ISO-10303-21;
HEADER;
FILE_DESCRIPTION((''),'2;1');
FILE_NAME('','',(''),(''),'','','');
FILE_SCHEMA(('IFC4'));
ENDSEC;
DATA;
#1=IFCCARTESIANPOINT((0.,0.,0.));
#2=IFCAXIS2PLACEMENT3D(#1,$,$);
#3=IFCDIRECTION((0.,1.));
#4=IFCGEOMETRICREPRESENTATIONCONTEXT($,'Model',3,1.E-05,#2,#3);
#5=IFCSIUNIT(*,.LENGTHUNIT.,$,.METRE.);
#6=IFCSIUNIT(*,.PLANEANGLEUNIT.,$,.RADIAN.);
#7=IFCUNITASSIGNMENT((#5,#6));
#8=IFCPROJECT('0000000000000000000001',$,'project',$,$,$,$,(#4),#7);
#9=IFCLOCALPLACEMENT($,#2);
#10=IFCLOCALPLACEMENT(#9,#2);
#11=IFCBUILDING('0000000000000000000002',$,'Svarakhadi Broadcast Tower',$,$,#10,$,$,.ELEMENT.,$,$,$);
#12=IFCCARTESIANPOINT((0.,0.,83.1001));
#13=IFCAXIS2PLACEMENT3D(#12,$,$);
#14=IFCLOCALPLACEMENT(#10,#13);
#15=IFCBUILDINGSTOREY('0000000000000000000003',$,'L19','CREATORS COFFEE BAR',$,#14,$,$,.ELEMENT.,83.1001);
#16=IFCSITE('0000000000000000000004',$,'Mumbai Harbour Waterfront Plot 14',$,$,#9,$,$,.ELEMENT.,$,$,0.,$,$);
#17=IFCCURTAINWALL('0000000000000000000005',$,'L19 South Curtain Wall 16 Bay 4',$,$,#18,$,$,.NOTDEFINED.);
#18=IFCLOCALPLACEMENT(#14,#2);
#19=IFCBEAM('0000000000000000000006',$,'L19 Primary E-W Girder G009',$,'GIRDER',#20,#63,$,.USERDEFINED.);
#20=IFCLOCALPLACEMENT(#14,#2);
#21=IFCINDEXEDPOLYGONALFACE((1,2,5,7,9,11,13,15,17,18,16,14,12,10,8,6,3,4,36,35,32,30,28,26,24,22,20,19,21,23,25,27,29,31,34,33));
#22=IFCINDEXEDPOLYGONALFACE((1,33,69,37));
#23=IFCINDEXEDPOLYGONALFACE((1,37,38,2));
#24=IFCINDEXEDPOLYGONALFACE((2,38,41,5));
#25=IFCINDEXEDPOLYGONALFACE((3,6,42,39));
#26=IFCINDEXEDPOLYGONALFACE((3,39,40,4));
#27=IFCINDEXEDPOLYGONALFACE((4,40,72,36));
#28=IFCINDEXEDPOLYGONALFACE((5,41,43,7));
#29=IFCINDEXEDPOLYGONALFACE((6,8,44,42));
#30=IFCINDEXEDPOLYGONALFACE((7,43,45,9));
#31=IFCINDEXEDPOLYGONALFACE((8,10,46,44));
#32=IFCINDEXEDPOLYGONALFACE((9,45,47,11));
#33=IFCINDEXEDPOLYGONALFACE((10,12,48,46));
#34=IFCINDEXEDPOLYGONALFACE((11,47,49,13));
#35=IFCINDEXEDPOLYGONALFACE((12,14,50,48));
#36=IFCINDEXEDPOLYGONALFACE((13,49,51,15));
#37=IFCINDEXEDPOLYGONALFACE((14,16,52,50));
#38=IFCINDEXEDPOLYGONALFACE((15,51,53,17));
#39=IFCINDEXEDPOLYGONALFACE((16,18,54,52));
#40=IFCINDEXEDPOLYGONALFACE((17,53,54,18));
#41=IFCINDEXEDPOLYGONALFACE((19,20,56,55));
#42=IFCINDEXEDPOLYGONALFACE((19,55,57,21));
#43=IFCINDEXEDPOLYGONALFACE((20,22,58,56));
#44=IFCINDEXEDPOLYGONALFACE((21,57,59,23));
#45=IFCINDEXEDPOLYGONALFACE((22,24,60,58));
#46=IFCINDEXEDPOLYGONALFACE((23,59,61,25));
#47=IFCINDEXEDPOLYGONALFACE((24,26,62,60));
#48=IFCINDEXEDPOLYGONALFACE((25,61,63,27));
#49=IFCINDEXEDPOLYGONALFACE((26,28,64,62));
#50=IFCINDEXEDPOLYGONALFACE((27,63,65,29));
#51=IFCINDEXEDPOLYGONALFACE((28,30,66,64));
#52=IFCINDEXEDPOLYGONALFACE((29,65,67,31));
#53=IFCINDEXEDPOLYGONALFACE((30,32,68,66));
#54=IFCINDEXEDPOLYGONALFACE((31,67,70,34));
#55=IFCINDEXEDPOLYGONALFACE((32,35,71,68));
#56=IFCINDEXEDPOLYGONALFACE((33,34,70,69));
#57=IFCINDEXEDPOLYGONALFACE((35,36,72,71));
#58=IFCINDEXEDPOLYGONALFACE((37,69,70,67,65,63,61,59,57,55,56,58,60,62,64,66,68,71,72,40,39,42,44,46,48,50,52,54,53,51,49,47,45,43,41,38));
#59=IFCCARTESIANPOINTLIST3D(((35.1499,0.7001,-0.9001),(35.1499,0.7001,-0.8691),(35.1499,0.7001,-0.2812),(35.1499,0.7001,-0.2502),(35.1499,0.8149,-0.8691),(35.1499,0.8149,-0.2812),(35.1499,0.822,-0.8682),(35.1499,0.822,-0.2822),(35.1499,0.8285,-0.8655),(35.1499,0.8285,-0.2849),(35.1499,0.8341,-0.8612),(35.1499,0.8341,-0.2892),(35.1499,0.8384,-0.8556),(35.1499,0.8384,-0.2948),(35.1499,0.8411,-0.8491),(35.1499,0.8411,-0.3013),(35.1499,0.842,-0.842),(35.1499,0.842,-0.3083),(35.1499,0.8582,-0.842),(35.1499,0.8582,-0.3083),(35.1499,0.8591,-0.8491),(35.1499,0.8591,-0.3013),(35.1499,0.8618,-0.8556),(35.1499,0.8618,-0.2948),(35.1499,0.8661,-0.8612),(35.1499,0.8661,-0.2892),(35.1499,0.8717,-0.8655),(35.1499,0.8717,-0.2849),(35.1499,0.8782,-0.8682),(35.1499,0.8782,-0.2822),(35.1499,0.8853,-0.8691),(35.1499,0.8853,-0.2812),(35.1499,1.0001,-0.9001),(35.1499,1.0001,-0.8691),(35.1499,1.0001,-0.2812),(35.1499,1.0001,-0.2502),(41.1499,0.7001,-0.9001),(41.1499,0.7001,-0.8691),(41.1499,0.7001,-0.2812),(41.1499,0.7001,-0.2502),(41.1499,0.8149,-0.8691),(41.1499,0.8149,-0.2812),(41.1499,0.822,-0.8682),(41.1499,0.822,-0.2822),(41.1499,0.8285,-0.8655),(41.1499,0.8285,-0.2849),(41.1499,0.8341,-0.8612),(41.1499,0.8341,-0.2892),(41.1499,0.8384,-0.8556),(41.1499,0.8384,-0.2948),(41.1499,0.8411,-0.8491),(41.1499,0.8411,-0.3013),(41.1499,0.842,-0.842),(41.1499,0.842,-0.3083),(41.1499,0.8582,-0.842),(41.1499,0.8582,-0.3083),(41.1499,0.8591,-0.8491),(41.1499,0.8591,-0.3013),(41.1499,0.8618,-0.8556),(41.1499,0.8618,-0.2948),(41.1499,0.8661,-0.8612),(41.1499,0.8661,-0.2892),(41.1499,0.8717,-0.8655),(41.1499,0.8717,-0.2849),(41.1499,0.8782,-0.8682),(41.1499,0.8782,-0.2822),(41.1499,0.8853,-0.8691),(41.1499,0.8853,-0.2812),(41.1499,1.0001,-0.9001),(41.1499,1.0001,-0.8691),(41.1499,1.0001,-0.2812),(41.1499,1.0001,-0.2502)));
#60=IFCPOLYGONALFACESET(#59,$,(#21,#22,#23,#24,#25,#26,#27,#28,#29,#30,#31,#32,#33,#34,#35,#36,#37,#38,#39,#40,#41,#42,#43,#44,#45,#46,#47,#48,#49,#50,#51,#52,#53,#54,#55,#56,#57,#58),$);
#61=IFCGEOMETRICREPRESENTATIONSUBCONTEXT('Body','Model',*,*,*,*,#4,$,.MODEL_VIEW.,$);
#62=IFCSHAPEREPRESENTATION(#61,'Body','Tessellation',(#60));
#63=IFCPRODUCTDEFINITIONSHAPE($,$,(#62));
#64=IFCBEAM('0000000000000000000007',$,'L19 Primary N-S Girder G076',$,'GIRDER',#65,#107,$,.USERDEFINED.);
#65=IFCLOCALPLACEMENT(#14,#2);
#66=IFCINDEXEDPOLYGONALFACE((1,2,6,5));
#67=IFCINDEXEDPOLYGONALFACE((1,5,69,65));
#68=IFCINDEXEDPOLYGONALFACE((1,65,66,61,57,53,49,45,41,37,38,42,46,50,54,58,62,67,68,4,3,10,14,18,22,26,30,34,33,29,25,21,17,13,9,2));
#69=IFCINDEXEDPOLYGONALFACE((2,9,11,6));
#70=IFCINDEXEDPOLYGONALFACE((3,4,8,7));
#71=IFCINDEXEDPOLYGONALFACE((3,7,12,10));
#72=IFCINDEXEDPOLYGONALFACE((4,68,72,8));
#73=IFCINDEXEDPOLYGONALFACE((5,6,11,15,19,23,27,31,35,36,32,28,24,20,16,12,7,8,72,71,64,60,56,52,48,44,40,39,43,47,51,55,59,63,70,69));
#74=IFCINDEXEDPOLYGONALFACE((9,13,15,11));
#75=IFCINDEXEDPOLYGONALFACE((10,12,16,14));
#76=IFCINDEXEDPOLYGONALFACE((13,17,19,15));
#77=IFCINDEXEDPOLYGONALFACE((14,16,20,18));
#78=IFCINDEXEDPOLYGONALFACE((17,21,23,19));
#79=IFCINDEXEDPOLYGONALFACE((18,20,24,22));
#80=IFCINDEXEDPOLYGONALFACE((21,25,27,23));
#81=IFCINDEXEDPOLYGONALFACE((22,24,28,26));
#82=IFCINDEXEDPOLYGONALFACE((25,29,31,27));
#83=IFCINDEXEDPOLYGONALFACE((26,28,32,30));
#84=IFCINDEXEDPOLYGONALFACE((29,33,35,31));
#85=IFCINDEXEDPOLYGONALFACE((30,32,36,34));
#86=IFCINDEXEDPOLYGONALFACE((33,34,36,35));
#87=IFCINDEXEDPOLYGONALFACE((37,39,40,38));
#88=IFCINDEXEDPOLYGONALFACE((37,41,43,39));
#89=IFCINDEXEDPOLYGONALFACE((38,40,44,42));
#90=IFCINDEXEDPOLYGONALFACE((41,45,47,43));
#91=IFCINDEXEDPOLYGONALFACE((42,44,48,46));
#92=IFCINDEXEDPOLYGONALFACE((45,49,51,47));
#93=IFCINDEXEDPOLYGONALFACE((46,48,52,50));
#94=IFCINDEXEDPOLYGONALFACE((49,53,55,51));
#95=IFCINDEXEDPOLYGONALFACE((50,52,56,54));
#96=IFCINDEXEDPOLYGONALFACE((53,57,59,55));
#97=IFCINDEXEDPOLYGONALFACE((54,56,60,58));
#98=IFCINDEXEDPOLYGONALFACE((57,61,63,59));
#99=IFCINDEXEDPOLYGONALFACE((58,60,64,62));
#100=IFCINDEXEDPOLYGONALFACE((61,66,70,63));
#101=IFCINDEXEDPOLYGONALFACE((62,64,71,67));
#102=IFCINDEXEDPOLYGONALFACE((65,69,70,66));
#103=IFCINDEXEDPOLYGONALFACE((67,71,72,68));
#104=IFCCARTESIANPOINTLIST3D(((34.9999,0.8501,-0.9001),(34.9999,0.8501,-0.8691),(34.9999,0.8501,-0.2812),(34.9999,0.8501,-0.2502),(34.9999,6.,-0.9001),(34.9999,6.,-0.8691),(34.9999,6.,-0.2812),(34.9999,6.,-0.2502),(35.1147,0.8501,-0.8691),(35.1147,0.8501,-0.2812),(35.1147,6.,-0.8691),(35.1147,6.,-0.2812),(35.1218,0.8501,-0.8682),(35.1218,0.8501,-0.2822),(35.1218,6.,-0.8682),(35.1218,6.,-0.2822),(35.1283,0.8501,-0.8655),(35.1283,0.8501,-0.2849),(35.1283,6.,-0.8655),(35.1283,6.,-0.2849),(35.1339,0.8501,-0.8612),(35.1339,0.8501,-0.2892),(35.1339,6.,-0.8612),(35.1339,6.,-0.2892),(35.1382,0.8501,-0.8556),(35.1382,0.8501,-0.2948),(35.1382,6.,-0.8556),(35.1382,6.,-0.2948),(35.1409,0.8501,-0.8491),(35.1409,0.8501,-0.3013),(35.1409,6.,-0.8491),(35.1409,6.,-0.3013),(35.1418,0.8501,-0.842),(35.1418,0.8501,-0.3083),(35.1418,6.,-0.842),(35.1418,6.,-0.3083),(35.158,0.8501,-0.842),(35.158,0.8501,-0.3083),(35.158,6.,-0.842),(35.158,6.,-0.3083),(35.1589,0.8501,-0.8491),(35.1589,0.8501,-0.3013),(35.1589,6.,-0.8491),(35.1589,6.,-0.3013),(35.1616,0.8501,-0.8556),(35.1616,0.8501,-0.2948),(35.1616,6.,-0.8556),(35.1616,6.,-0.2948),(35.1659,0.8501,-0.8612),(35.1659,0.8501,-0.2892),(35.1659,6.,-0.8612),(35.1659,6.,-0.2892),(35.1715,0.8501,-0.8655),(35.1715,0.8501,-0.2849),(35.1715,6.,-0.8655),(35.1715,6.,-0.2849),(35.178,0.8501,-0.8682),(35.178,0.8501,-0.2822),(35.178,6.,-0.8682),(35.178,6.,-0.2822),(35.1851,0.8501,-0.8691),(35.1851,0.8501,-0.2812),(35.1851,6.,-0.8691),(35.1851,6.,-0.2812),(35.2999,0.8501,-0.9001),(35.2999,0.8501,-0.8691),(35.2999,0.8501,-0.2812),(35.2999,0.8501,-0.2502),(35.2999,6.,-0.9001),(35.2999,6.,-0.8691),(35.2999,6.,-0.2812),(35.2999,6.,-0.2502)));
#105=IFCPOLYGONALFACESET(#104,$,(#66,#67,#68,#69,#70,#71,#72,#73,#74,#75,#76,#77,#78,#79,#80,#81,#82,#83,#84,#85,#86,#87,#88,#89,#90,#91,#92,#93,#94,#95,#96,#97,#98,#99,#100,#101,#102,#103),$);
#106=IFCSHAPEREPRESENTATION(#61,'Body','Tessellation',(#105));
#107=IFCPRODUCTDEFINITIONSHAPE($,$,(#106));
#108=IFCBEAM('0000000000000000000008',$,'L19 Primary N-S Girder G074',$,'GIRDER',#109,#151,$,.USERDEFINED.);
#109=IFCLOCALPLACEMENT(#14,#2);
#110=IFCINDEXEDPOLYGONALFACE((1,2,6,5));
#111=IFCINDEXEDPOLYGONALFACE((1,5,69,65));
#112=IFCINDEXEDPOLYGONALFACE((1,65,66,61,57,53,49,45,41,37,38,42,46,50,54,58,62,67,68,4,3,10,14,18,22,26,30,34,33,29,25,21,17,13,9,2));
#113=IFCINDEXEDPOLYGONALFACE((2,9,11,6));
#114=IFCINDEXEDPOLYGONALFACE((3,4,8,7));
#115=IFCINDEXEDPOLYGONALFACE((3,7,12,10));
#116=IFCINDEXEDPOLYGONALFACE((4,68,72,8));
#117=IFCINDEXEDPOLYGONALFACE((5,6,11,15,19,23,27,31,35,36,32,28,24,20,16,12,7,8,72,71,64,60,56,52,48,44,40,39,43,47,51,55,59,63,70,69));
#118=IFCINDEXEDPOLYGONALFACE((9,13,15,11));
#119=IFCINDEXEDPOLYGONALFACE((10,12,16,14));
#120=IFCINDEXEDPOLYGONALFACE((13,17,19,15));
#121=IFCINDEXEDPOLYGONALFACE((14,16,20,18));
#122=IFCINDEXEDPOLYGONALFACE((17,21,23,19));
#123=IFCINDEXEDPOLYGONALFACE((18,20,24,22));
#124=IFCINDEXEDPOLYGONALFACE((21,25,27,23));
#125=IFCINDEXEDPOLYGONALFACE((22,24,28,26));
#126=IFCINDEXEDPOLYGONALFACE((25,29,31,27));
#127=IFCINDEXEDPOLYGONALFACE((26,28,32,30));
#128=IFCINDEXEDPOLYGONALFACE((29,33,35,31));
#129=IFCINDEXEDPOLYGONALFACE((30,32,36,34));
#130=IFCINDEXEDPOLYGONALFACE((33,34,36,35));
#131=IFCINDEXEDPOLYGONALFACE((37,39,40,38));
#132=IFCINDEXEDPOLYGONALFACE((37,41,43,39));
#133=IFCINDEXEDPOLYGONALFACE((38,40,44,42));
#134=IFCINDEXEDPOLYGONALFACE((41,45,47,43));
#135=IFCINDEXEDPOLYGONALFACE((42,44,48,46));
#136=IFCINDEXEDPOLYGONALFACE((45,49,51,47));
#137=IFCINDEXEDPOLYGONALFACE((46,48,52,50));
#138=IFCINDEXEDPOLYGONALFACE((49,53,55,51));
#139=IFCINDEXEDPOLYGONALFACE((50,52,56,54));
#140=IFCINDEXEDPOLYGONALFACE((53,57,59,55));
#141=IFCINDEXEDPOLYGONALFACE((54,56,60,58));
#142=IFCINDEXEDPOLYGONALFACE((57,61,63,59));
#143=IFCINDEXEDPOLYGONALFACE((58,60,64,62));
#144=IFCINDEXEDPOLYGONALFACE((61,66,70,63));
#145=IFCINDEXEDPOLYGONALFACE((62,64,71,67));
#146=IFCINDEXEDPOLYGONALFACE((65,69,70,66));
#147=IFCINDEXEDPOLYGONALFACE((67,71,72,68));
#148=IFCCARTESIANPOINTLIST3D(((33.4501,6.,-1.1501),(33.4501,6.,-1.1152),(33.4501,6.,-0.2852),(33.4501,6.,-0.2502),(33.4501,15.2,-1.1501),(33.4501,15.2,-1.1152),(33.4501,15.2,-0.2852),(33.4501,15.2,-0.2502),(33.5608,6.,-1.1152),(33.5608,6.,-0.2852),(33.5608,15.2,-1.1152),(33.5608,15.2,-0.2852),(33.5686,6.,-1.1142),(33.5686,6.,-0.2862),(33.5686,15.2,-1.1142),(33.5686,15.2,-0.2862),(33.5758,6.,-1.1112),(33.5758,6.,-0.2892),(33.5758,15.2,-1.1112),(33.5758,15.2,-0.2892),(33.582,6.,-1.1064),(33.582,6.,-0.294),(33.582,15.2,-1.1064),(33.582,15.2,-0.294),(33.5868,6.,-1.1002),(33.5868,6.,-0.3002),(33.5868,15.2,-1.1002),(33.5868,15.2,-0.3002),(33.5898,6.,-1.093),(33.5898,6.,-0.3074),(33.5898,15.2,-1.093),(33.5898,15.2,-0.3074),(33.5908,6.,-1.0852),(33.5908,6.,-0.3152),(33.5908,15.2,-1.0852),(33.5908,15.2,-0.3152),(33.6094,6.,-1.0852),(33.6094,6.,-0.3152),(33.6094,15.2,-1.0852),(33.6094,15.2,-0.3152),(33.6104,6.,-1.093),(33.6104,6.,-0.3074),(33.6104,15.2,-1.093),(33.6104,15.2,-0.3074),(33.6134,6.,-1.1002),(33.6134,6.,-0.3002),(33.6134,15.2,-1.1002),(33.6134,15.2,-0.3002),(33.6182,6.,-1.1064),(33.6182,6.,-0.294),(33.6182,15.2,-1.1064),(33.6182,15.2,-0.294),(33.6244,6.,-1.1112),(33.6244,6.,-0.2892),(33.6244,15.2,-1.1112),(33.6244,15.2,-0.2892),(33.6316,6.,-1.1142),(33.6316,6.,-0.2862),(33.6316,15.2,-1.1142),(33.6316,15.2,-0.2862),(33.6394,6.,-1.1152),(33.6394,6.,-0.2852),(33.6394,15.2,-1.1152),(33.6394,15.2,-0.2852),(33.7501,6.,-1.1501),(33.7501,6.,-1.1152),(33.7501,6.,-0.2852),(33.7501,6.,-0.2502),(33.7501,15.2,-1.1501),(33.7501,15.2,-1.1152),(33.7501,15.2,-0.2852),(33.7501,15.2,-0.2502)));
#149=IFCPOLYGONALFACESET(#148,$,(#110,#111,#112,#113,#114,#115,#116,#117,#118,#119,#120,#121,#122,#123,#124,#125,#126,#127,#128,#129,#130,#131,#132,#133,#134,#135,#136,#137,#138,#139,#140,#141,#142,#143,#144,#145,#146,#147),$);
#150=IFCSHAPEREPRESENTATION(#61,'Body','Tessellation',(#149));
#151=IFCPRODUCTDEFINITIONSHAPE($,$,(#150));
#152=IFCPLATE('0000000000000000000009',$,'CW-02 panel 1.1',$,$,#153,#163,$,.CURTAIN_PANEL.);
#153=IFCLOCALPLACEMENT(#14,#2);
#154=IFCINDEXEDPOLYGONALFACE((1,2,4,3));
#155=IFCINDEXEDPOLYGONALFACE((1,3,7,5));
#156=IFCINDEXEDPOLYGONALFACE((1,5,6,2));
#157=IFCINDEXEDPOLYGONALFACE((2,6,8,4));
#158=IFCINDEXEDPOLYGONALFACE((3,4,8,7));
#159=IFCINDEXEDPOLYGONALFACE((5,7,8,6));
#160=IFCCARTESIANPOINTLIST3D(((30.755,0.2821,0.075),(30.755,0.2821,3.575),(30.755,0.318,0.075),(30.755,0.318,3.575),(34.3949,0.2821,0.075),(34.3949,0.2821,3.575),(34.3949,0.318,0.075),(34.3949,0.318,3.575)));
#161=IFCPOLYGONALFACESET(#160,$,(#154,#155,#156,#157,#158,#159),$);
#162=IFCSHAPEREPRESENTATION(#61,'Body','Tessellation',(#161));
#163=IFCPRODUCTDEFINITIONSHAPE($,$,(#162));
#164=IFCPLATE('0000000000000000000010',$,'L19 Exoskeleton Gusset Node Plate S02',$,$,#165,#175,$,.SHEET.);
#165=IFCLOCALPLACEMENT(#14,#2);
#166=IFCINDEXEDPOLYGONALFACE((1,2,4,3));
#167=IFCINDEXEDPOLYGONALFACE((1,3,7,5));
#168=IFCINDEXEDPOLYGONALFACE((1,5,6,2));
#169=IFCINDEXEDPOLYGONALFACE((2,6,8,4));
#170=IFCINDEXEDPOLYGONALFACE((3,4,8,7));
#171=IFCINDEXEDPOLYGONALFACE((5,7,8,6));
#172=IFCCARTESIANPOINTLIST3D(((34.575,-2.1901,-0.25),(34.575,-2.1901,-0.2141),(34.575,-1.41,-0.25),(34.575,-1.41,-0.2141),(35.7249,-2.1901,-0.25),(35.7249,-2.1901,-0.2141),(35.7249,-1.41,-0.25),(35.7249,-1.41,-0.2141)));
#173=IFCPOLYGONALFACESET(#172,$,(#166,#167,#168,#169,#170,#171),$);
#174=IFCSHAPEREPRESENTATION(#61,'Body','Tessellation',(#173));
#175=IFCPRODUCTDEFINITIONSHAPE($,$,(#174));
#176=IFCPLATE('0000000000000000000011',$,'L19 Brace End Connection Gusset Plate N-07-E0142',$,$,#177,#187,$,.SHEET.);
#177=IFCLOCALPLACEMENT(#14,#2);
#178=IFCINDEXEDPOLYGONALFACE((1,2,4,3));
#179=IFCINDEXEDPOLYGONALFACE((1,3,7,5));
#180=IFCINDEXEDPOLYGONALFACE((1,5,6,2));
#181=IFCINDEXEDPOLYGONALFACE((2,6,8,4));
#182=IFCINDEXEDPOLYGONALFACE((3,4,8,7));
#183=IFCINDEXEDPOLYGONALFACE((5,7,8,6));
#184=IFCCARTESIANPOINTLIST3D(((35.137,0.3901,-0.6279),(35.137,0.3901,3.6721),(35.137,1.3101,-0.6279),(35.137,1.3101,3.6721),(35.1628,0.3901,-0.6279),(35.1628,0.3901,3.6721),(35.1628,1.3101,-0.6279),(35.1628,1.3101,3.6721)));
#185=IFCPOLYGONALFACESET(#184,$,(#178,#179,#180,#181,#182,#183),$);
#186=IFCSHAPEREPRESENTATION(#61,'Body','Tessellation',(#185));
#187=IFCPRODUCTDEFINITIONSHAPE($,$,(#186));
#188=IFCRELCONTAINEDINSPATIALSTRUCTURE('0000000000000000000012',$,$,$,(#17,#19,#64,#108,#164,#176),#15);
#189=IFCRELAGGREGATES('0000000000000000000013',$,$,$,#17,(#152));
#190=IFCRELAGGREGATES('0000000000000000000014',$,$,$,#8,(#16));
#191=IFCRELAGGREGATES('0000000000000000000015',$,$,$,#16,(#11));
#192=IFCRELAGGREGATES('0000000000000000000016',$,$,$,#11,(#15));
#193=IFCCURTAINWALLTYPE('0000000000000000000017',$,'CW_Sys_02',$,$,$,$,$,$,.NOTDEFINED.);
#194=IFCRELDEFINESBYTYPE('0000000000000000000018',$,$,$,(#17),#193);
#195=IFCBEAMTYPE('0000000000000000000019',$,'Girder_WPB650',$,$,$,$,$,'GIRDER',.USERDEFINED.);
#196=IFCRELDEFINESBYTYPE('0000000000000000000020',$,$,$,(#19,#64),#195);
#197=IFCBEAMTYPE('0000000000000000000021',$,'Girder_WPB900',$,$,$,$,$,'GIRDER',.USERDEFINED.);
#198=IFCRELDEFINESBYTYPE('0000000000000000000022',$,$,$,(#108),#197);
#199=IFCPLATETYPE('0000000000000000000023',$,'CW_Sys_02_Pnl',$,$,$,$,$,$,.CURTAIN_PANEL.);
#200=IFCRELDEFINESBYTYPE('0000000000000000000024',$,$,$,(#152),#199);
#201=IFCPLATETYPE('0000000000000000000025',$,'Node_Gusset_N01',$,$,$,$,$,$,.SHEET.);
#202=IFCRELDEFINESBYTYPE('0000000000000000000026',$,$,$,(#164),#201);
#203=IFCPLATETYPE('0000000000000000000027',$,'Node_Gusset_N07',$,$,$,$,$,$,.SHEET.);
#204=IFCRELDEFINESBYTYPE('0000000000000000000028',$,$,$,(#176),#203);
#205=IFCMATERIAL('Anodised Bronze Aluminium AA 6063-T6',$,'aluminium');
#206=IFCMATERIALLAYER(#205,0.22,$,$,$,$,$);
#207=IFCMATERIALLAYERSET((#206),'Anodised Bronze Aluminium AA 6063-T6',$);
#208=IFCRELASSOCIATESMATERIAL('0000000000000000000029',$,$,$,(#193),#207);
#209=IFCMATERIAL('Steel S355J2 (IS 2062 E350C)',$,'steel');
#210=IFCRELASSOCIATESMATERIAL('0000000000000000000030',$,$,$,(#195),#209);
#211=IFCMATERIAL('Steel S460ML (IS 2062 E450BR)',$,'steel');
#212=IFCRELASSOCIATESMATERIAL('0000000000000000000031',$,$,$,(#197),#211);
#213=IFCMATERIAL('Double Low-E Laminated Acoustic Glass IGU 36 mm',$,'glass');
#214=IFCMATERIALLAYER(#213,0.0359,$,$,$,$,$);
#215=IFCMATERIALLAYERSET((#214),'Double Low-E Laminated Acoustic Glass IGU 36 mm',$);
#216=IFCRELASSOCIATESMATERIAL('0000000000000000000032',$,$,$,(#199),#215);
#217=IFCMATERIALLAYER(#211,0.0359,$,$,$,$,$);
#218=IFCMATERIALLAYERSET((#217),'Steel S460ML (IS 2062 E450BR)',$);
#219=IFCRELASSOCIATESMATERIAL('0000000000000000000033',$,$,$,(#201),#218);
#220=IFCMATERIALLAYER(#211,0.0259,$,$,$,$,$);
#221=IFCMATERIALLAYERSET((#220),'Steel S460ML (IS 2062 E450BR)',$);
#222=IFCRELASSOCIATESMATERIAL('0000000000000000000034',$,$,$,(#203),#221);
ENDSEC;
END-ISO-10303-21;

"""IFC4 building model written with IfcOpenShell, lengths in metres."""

from ifc_helpers import new_model, si_unit, direction, frame, origin, origin_2d, place, context, subcontext, project, spatial, rectangle, i_section, extrude, material, layer, layer_set, material_profile, profile_set, type_object, element, aggregate, save


model = new_model("IFC4")

# Units and contexts
model_context = context("Model", 3, precision=1e-05, world=origin(), true_north=direction((0.0, 1.0)))
body_context = subcontext(model_context, "Body", "Model", "MODEL_VIEW")
ifc_project = project(units=[si_unit("LENGTHUNIT", "METRE"), si_unit("PLANEANGLEUNIT", "RADIAN")], contexts=[model_context])

# Site, building, storey
site_placement = place(None, origin())
site = spatial("IfcSite", under=ifc_project, at=site_placement, Name="Mumbai Harbour Waterfront Plot 14", CompositionType="ELEMENT", RefElevation=0.0)
building_placement = place(site_placement, origin())
building = spatial("IfcBuilding", under=site, at=building_placement, Name="Svarakhadi Broadcast Tower", CompositionType="ELEMENT")
storey_placement = place(building_placement, frame((0.0, 0.0, 83.1001)))
storey = spatial("IfcBuildingStorey", under=building, at=storey_placement, Name="L19", Description="CREATORS COFFEE BAR", CompositionType="ELEMENT", Elevation=83.1001)

# Shared definitions
ifc_material_1 = material(Name="Steel S460ML (IS 2062 E450BR)", Category="steel")

# Curtain wall
ifc_material_2 = material(Name="Anodised Bronze Aluminium AA 6063-T6", Category="aluminium")
ifc_layer_1 = layer(ifc_material_2, 0.22)
ifc_layer_set_1 = layer_set([ifc_layer_1], Name="Anodised Bronze Aluminium AA 6063-T6")
curtain_wall_type = type_object("IfcCurtainWallType", Name="CW_Sys_02", PredefinedType="NOTDEFINED", material=ifc_layer_set_1)
curtain_wall_1_placement = place(storey_placement, origin())
curtain_wall_1 = element("IfcCurtainWall", 1, at=curtain_wall_1_placement, inside=storey, type_object=curtain_wall_type, Name="L19 South Curtain Wall 16 Bay 4", PredefinedType="NOTDEFINED")

# Beams
ifc_material_3 = material(Name="Steel S355J2 (IS 2062 E350C)", Category="steel")
ifc_material_profile_1 = material_profile(ifc_material_3, i_section(OverallWidth=0.3, OverallDepth=0.6499, WebThickness=0.0161, FlangeThickness=0.031, FilletRadius=0.0271, at=origin_2d()), Name="WPB 650x300x225")
ifc_profile_set_1 = profile_set([ifc_material_profile_1], Name="Steel S355J2 (IS 2062 E350C)")
beam_type_1 = type_object("IfcBeamType", Name="Girder_WPB650", ElementType="GIRDER", PredefinedType="USERDEFINED", material=ifc_profile_set_1)
beam_1_placement = place(storey_placement, frame((35.1499, 0.8501, -0.5752), z_axis=(1.0, 0.0, 0.0), x_axis=(0.0, 1.0, 0.0)))
element("IfcBeam", 2, at=beam_1_placement, inside=storey, type_object=beam_type_1, Name="L19 Primary E-W Girder G009", ObjectType="GIRDER", PredefinedType="USERDEFINED", context=body_context, shape_type="SweptSolid", body=[
    extrude(i_section(OverallWidth=0.3, OverallDepth=0.6499, WebThickness=0.0161, FlangeThickness=0.031, FilletRadius=0.0271, at=origin_2d()), origin(), (0.0, 0.0, 1.0), 6.0),
])
beam_2_placement = place(storey_placement, frame((35.1499, 0.8501, -0.5752), z_axis=(0.0, 1.0, 0.0), x_axis=(-1.0, 0.0, 0.0)))
element("IfcBeam", 3, at=beam_2_placement, inside=storey, type_object=beam_type_1, Name="L19 Primary N-S Girder G076", ObjectType="GIRDER", PredefinedType="USERDEFINED", context=body_context, shape_type="SweptSolid", body=[
    extrude(i_section(OverallWidth=0.3, OverallDepth=0.6499, WebThickness=0.0161, FlangeThickness=0.031, FilletRadius=0.0271, at=origin_2d()), origin(), (0.0, 0.0, 1.0), 5.1499),
])
ifc_material_profile_2 = material_profile(ifc_material_1, i_section(OverallWidth=0.3, OverallDepth=0.8999, WebThickness=0.0186, FlangeThickness=0.0349, FilletRadius=0.03, at=origin_2d()), Name="WPB 900x300x291")
ifc_profile_set_2 = profile_set([ifc_material_profile_2], Name="Steel S460ML (IS 2062 E450BR)")
beam_type_2 = type_object("IfcBeamType", Name="Girder_WPB900", ElementType="GIRDER", PredefinedType="USERDEFINED", material=ifc_profile_set_2)
beam_3_placement = place(storey_placement, frame((33.6001, 6.0, -0.7002), z_axis=(0.0, 1.0, 0.0), x_axis=(-1.0, 0.0, 0.0)))
element("IfcBeam", 4, at=beam_3_placement, inside=storey, type_object=beam_type_2, Name="L19 Primary N-S Girder G074", ObjectType="GIRDER", PredefinedType="USERDEFINED", context=body_context, shape_type="SweptSolid", body=[
    extrude(i_section(OverallWidth=0.3, OverallDepth=0.8999, WebThickness=0.0186, FlangeThickness=0.0349, FilletRadius=0.03, at=origin_2d()), origin(), (0.0, 0.0, 1.0), 9.2),
])

# Plate
ifc_material_4 = material(Name="Double Low-E Laminated Acoustic Glass IGU 36 mm", Category="glass")
ifc_layer_2 = layer(ifc_material_4, 0.0359)
ifc_layer_set_2 = layer_set([ifc_layer_2], Name="Double Low-E Laminated Acoustic Glass IGU 36 mm")
plate_type_1 = type_object("IfcPlateType", Name="CW_Sys_02_Pnl", PredefinedType="CURTAIN_PANEL", material=ifc_layer_set_2)
plate_1_placement = place(storey_placement, frame((32.575, 0.3, 0.075), z_axis=(0.0, 0.0, 1.0), x_axis=(-1.0, 0.0, 0.0)))
plate_1 = element("IfcPlate", 5, at=plate_1_placement, type_object=plate_type_1, Name="CW-02 panel 1.1", PredefinedType="CURTAIN_PANEL", context=body_context, shape_type="SweptSolid", body=[
    extrude(rectangle(XDim=3.6399, YDim=0.0359, at=origin_2d()), origin(), (0.0, 0.0, 1.0), 3.5),
])
aggregate(curtain_wall_1, [plate_1])

# Plates
ifc_layer_3 = layer(ifc_material_1, 0.0359)
ifc_layer_set_3 = layer_set([ifc_layer_3], Name="Steel S460ML (IS 2062 E450BR)")
plate_type_2 = type_object("IfcPlateType", Name="Node_Gusset_N01", PredefinedType="SHEET", material=ifc_layer_set_3)
plate_2_placement = place(storey_placement, frame((35.1499, -1.8, -0.25), z_axis=(0.0, 0.0, 1.0), x_axis=(1.0, 0.0, 0.0)))
element("IfcPlate", 6, at=plate_2_placement, inside=storey, type_object=plate_type_2, Name="L19 Exoskeleton Gusset Node Plate S02", PredefinedType="SHEET", context=body_context, shape_type="SweptSolid", body=[
    extrude(rectangle(XDim=1.1499, YDim=0.78, at=origin_2d()), origin(), (0.0, 0.0, 1.0), 0.0359),
])
ifc_layer_4 = layer(ifc_material_1, 0.0259)
ifc_layer_set_4 = layer_set([ifc_layer_4], Name="Steel S460ML (IS 2062 E450BR)")
plate_type_3 = type_object("IfcPlateType", Name="Node_Gusset_N07", PredefinedType="SHEET", material=ifc_layer_set_4)
plate_3_placement = place(storey_placement, frame((35.1499, 0.8501, -0.6279), z_axis=(0.0, 0.0, 1.0), x_axis=(0.0, 1.0, 0.0)))
element("IfcPlate", 7, at=plate_3_placement, inside=storey, type_object=plate_type_3, Name="L19 Brace End Connection Gusset Plate N-07-E0142", PredefinedType="SHEET", context=body_context, shape_type="SweptSolid", body=[
    extrude(rectangle(XDim=0.9199, YDim=0.0259, at=origin_2d()), origin(), (0.0, 0.0, 1.0), 4.3),
])

save(model, "model.ifc")
